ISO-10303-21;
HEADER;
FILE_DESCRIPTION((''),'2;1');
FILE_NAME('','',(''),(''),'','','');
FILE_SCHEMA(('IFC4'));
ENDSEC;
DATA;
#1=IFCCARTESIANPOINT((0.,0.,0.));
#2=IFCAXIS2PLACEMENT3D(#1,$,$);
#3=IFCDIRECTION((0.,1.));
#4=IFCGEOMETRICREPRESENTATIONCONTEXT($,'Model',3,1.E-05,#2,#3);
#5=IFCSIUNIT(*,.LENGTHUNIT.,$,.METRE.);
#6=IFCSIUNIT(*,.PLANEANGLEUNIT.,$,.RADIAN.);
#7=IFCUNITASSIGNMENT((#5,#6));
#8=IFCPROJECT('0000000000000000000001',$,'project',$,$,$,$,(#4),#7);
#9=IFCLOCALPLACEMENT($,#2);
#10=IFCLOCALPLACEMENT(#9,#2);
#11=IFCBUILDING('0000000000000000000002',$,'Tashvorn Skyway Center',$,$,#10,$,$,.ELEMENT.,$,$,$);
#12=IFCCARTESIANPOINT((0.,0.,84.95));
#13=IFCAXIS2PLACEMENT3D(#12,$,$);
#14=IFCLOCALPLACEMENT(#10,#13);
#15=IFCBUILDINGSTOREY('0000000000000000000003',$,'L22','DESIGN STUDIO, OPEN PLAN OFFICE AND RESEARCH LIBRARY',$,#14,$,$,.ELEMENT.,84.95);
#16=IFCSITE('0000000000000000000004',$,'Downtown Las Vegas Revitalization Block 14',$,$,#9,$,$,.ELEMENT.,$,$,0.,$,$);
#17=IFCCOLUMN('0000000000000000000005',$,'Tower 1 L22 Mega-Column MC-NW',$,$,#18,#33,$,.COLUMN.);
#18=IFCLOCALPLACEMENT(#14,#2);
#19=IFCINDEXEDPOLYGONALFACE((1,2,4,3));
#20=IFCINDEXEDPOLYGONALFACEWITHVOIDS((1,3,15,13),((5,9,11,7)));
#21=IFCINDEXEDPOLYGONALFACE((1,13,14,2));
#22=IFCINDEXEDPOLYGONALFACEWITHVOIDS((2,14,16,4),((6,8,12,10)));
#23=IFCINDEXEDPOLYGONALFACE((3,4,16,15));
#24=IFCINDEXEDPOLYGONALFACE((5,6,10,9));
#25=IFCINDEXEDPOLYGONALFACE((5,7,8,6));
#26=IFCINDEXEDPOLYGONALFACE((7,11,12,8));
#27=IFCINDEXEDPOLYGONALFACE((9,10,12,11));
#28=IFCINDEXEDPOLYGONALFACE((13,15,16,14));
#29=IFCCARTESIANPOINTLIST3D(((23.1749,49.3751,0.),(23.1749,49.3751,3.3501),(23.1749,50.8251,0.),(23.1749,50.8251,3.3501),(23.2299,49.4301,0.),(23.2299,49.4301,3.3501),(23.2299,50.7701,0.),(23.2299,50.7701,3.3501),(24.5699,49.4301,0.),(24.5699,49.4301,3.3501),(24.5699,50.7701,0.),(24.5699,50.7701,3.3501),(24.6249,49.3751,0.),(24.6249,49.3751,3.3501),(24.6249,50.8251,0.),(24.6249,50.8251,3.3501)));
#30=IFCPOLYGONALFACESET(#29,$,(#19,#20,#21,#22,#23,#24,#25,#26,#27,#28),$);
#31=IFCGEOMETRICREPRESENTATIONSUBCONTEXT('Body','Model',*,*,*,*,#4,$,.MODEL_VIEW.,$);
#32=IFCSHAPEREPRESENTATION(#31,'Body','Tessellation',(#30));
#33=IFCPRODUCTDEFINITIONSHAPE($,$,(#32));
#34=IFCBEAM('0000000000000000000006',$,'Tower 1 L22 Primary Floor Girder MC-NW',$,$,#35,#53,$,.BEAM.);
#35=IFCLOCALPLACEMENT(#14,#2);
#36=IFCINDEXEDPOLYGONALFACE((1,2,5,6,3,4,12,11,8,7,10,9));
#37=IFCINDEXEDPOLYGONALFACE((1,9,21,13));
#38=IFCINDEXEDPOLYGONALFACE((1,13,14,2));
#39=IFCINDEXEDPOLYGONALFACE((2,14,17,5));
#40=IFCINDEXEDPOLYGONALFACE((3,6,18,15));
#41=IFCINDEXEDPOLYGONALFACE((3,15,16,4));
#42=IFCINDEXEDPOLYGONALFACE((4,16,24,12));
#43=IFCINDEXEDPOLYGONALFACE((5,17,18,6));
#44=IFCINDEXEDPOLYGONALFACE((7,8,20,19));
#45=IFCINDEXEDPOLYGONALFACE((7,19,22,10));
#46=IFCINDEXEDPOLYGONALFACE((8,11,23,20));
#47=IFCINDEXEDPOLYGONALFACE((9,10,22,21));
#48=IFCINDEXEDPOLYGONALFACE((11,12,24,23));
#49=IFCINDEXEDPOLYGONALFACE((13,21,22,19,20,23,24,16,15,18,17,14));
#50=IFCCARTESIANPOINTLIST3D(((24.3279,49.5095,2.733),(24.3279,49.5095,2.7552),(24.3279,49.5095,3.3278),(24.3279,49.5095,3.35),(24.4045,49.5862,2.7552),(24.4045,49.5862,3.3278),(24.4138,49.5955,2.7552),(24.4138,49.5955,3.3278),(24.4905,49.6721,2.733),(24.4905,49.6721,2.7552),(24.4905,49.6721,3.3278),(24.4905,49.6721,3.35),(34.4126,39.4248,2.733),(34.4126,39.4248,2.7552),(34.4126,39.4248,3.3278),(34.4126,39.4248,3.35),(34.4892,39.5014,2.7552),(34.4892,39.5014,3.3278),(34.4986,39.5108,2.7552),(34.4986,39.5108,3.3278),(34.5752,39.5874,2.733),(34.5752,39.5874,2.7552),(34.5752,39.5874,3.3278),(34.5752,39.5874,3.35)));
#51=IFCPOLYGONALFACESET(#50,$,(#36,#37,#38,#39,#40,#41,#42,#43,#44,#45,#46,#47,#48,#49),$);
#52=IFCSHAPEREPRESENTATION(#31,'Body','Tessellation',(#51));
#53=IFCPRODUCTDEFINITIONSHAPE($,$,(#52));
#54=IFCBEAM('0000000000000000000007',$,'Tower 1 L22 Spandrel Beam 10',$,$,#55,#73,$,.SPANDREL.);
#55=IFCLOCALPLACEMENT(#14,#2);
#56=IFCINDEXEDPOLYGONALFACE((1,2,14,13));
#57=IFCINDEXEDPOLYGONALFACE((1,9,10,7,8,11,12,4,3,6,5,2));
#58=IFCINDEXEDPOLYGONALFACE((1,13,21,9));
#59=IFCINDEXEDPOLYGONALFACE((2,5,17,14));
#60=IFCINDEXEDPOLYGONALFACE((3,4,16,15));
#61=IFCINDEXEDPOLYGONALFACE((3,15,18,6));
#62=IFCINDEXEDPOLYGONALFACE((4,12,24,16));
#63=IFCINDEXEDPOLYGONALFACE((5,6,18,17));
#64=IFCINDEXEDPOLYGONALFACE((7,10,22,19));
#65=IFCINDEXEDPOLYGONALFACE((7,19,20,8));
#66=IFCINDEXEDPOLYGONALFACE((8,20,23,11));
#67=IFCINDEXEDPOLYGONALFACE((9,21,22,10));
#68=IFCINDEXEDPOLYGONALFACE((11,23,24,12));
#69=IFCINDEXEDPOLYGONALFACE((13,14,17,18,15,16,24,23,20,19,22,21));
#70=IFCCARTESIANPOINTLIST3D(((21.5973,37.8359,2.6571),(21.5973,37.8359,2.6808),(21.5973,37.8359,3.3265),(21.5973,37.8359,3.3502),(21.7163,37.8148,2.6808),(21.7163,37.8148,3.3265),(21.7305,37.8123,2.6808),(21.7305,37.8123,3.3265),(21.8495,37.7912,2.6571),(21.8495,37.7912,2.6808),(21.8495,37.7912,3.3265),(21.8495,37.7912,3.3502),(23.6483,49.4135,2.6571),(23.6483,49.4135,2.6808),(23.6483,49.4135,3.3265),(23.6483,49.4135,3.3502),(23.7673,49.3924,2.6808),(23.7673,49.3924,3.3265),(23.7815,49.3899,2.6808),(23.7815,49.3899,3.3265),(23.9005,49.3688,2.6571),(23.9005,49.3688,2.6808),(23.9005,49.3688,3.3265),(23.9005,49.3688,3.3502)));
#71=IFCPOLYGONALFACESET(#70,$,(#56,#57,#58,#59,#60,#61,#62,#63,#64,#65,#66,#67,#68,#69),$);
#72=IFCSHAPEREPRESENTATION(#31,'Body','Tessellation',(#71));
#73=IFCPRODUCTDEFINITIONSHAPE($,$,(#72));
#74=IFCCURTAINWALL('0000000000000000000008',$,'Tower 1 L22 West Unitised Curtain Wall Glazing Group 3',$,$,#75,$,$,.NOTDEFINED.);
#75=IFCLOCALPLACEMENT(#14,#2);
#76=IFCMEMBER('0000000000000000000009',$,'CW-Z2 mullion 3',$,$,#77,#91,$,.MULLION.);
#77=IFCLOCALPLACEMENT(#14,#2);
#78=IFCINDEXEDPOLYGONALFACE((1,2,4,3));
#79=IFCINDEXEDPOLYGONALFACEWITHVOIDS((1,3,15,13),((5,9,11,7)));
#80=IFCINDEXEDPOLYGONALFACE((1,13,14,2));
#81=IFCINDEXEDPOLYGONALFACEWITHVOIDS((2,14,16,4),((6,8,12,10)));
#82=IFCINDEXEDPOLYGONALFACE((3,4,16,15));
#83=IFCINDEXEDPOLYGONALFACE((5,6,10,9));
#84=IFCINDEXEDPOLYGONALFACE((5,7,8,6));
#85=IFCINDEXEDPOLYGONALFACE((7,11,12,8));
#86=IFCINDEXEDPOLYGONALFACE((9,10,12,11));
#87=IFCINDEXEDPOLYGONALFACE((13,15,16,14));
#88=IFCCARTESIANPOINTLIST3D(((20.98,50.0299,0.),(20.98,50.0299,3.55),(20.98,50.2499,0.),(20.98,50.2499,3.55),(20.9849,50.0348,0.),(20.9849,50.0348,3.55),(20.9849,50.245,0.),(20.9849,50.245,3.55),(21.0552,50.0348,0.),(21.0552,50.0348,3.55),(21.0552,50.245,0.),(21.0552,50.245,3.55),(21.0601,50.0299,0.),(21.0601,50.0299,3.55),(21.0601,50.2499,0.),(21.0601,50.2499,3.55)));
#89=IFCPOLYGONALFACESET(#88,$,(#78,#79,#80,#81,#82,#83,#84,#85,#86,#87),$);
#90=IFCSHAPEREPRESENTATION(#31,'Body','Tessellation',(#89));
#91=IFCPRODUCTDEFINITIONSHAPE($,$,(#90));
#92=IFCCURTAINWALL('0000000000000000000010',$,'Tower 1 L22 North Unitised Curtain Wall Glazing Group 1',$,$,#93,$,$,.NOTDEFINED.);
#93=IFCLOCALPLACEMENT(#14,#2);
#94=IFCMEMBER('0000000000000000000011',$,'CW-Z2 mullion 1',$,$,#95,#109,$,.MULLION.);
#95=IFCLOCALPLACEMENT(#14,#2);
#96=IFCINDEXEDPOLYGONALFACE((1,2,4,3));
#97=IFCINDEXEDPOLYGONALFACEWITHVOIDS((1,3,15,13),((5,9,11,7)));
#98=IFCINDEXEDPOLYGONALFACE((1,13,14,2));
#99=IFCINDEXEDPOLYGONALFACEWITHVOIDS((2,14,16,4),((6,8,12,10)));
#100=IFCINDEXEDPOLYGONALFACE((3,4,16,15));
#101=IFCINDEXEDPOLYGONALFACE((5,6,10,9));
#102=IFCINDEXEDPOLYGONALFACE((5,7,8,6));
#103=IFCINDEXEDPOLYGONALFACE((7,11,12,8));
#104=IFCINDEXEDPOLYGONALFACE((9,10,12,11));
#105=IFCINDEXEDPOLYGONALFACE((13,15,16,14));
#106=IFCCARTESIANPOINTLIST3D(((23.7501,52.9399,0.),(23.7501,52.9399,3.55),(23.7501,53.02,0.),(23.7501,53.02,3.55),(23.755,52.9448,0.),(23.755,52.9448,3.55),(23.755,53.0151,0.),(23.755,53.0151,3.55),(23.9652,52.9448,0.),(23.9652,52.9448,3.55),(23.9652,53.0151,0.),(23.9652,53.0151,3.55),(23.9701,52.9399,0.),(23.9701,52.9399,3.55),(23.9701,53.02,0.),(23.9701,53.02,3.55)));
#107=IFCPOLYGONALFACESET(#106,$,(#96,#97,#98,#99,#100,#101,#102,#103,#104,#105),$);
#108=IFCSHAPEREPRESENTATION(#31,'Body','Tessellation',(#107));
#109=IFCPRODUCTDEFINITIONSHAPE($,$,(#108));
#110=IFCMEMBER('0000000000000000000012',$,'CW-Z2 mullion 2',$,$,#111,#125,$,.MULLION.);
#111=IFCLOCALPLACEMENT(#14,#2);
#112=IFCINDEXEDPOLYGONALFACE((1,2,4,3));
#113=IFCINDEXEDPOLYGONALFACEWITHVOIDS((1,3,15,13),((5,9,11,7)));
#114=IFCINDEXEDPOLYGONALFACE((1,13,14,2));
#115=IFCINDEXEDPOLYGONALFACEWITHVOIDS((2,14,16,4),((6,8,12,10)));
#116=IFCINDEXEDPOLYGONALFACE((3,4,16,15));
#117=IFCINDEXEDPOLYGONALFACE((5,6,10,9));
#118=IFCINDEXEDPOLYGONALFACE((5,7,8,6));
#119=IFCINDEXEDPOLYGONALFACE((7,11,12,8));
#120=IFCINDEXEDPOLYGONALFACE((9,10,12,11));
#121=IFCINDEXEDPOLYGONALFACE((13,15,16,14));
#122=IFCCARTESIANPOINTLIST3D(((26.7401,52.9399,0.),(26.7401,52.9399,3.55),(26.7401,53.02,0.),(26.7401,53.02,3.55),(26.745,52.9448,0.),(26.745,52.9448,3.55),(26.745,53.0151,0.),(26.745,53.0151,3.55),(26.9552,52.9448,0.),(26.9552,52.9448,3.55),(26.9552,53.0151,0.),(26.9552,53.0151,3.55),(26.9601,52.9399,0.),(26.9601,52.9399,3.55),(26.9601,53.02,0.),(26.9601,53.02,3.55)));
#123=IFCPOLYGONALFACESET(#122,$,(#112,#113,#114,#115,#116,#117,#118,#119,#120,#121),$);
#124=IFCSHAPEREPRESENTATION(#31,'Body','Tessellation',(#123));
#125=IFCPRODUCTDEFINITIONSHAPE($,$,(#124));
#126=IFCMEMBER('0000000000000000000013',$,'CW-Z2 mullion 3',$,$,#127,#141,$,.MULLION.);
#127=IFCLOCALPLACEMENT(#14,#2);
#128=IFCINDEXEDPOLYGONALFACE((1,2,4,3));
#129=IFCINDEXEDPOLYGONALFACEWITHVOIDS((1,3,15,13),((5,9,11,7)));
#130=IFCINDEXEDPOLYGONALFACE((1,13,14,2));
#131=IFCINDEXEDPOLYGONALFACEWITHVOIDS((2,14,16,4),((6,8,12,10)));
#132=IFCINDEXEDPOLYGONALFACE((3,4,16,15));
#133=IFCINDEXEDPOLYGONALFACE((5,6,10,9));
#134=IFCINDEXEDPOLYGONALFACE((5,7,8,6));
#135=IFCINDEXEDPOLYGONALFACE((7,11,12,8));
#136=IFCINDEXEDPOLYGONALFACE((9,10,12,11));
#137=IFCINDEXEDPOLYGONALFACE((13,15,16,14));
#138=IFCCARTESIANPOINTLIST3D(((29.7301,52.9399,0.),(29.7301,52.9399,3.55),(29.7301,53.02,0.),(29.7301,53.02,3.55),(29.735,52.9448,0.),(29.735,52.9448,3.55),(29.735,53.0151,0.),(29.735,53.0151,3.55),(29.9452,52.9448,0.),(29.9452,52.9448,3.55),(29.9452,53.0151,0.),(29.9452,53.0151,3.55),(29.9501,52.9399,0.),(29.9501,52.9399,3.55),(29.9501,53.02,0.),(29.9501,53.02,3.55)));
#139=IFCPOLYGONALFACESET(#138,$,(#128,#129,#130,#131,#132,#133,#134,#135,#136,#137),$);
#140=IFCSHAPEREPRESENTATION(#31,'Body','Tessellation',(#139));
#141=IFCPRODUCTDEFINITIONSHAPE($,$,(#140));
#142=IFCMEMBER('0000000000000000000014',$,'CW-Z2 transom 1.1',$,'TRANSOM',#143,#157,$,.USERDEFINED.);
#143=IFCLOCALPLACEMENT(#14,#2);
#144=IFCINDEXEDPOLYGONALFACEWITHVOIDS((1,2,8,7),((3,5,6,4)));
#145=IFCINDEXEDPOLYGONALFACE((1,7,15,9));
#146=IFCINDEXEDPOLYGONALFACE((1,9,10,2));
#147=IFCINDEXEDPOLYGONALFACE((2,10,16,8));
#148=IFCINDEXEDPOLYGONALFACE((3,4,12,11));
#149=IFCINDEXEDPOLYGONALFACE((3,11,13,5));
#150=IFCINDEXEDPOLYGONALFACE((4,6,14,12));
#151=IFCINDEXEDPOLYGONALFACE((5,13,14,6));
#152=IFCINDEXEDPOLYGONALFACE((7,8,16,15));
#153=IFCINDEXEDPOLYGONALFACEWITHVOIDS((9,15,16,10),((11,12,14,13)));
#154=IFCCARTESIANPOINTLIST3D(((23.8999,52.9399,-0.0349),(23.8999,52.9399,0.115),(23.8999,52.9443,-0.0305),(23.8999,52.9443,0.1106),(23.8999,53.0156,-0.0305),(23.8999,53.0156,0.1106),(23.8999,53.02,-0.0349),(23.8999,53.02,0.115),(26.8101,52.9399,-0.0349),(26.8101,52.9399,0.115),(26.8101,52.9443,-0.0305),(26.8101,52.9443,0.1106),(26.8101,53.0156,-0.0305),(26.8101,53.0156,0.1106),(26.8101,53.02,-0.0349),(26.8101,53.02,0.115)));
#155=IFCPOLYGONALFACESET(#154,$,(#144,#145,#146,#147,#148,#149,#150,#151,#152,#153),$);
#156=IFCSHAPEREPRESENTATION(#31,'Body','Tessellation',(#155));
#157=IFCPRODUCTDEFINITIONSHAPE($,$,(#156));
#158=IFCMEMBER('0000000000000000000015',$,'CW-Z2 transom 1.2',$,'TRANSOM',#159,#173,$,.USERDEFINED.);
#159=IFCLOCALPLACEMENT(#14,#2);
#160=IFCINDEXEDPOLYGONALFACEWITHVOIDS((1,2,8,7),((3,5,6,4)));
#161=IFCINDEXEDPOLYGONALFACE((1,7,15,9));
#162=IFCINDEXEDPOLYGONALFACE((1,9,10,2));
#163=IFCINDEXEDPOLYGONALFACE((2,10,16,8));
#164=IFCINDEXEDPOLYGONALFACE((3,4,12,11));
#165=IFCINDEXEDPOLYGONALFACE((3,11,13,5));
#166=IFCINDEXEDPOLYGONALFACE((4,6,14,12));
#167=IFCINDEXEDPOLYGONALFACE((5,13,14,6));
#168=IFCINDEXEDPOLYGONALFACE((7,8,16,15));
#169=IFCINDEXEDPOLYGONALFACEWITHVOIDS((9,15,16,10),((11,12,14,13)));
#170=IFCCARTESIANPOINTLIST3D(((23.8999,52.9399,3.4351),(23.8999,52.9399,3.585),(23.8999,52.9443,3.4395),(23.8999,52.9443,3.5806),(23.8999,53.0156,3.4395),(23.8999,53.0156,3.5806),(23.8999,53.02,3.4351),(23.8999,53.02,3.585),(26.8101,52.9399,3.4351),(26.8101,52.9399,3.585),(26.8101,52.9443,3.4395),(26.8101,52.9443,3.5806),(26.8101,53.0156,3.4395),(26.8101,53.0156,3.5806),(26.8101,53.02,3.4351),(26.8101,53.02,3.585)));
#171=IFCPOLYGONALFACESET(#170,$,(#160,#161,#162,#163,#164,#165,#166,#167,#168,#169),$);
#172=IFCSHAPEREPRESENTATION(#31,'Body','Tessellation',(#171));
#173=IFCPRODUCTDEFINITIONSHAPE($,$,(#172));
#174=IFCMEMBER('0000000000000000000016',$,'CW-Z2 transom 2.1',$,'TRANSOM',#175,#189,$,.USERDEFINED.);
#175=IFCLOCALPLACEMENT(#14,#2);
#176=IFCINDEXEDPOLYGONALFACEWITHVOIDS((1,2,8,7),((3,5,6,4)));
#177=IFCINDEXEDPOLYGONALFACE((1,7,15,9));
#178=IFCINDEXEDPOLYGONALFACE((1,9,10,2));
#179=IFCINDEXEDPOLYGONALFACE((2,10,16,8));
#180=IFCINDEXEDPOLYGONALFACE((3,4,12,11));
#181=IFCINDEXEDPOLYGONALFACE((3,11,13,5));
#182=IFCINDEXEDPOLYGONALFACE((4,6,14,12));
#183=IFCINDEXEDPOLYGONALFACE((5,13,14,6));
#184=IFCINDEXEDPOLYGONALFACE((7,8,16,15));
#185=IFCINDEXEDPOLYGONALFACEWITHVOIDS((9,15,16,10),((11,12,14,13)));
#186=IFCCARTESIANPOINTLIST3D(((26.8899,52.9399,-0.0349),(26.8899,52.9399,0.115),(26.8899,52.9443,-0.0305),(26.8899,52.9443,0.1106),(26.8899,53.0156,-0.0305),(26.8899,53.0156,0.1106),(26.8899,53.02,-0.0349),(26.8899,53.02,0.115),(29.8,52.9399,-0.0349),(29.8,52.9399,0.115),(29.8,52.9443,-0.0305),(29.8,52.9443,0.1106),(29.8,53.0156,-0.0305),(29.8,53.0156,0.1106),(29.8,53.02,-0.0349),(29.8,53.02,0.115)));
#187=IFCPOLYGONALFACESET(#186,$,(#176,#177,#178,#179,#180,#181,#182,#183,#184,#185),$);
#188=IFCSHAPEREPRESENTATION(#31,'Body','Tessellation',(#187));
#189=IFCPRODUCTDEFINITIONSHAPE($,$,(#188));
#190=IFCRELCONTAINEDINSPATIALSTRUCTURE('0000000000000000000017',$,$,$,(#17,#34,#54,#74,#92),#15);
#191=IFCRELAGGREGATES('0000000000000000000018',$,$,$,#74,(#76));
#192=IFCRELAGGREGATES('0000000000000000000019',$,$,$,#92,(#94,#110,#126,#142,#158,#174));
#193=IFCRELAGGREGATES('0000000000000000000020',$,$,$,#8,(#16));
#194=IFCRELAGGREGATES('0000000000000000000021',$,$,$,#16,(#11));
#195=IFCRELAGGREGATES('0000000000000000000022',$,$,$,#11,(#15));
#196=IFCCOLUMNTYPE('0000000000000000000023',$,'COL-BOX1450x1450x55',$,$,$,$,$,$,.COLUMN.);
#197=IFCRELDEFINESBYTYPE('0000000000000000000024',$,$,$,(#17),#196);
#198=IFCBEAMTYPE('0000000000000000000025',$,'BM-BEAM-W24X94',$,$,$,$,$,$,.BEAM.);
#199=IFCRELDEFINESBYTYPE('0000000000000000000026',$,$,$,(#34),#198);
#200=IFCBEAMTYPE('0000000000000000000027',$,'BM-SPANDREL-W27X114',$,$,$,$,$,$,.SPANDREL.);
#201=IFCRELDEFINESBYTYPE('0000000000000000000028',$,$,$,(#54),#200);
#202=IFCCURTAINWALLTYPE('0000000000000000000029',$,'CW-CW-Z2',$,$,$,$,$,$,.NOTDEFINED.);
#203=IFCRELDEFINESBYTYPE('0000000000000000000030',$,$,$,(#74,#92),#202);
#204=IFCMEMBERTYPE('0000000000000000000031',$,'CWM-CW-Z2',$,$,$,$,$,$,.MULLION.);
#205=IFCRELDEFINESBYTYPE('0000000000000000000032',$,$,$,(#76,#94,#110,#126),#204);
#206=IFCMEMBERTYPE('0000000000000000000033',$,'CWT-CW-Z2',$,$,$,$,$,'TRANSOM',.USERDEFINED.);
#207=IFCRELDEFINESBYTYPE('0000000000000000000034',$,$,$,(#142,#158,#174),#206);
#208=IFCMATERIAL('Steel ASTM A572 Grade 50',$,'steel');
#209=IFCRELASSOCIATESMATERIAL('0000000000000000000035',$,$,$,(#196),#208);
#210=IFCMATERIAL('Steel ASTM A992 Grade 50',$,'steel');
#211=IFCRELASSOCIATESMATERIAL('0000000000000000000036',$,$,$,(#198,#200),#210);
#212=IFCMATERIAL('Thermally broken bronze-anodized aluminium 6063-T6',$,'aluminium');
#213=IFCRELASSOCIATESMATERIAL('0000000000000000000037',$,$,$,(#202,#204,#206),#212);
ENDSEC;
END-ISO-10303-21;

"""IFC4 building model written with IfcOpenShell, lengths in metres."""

from ifc_helpers import new_model, si_unit, direction, frame, origin, origin_2d, place, context, subcontext, project, spatial, hollow_rectangle, i_section, extrude, material, material_profile, profile_set, type_object, element, aggregate, save


model = new_model("IFC4")

# Units and contexts
model_context = context("Model", 3, precision=1e-05, world=origin(), true_north=direction((0.0, 1.0)))
body_context = subcontext(model_context, "Body", "Model", "MODEL_VIEW")
ifc_project = project(units=[si_unit("LENGTHUNIT", "METRE"), si_unit("PLANEANGLEUNIT", "RADIAN")], contexts=[model_context])

# Site, building, storey
site_placement = place(None, origin())
site = spatial("IfcSite", under=ifc_project, at=site_placement, Name="Downtown Las Vegas Revitalization Block 14", CompositionType="ELEMENT", RefElevation=0.0)
building_placement = place(site_placement, origin())
building = spatial("IfcBuilding", under=site, at=building_placement, Name="Tashvorn Skyway Center", CompositionType="ELEMENT")
storey_placement = place(building_placement, frame((0.0, 0.0, 84.95)))
storey = spatial("IfcBuildingStorey", under=building, at=storey_placement, Name="L22", Description="DESIGN STUDIO, OPEN PLAN OFFICE AND RESEARCH LIBRARY", CompositionType="ELEMENT", Elevation=84.95)

# Column
ifc_material_1 = material(Name="Steel ASTM A572 Grade 50", Category="steel")
ifc_material_profile_1 = material_profile(ifc_material_1, hollow_rectangle(XDim=1.45, YDim=1.45, WallThickness=0.0549, at=origin_2d()), Name="BOX1450x1450x55")
ifc_profile_set_1 = profile_set([ifc_material_profile_1], Name="Steel ASTM A572 Grade 50")
column_type = type_object("IfcColumnType", Name="COL-BOX1450x1450x55", PredefinedType="COLUMN", material=ifc_profile_set_1)
column_placement = place(storey_placement, frame((23.8999, 50.1001, 0.0), z_axis=(0.0, 0.0, 1.0), x_axis=(1.0, 0.0, 0.0)))
element("IfcColumn", 1, at=column_placement, inside=storey, type_object=column_type, Name="Tower 1 L22 Mega-Column MC-NW", PredefinedType="COLUMN", context=body_context, shape_type="SweptSolid", body=[
    extrude(hollow_rectangle(XDim=1.45, YDim=1.45, WallThickness=0.0549, at=origin_2d()), origin(), (0.0, 0.0, 1.0), 3.3501),
])

# Beams
ifc_material_2 = material(Name="Steel ASTM A992 Grade 50", Category="steel")
ifc_material_profile_2 = material_profile(ifc_material_2, i_section(OverallWidth=0.23, OverallDepth=0.6169, WebThickness=0.0132, FlangeThickness=0.0222, at=origin_2d()), Name="W24X94")
ifc_profile_set_2 = profile_set([ifc_material_profile_2], Name="Steel ASTM A992 Grade 50")
beam_type_1 = type_object("IfcBeamType", Name="BM-BEAM-W24X94", PredefinedType="BEAM", material=ifc_profile_set_2)
beam_1_placement = place(storey_placement, frame((24.4092, 49.5908, 3.0415), z_axis=(0.707107, -0.707107, 0.0), x_axis=(0.707107, 0.707107, 0.0)))
element("IfcBeam", 2, at=beam_1_placement, inside=storey, type_object=beam_type_1, Name="Tower 1 L22 Primary Floor Girder MC-NW", PredefinedType="BEAM", context=body_context, shape_type="SweptSolid", body=[
    extrude(i_section(OverallWidth=0.23, OverallDepth=0.6169, WebThickness=0.0132, FlangeThickness=0.0222, at=origin_2d()), origin(), (0.0, 0.0, 1.0), 14.262),
])
ifc_material_profile_3 = material_profile(ifc_material_2, i_section(OverallWidth=0.2561, OverallDepth=0.6931, WebThickness=0.0144, FlangeThickness=0.0237, at=origin_2d()), Name="W27X114")
ifc_profile_set_3 = profile_set([ifc_material_profile_3], Name="Steel ASTM A992 Grade 50")
beam_type_2 = type_object("IfcBeamType", Name="BM-SPANDREL-W27X114", PredefinedType="SPANDREL", material=ifc_profile_set_3)
beam_2_placement = place(storey_placement, frame((23.7744, 49.3911, 3.0037), z_axis=(-0.174438, -0.984668, 0.0), x_axis=(0.984668, -0.174438, 0.0)))
element("IfcBeam", 3, at=beam_2_placement, inside=storey, type_object=beam_type_2, Name="Tower 1 L22 Spandrel Beam 10", PredefinedType="SPANDREL", context=body_context, shape_type="SweptSolid", body=[
    extrude(i_section(OverallWidth=0.2561, OverallDepth=0.6931, WebThickness=0.0144, FlangeThickness=0.0237, at=origin_2d()), origin(), (0.0, 0.0, 1.0), 11.7578),
])

# Curtain wall, member
ifc_material_3 = material(Name="Thermally broken bronze-anodized aluminium 6063-T6", Category="aluminium")
curtain_wall_type = type_object("IfcCurtainWallType", Name="CW-CW-Z2", PredefinedType="NOTDEFINED", material=ifc_material_3)
curtain_wall_1_placement = place(storey_placement, origin())
curtain_wall_1 = element("IfcCurtainWall", 4, at=curtain_wall_1_placement, inside=storey, type_object=curtain_wall_type, Name="Tower 1 L22 West Unitised Curtain Wall Glazing Group 3", PredefinedType="NOTDEFINED")
ifc_material_profile_4 = material_profile(ifc_material_3, hollow_rectangle(XDim=0.0801, YDim=0.22, WallThickness=0.0049, at=origin_2d()), Name="ALU-MULL-80x220")
ifc_profile_set_4 = profile_set([ifc_material_profile_4], Name="Thermally broken bronze-anodized aluminium 6063-T6")
member_type_1 = type_object("IfcMemberType", Name="CWM-CW-Z2", PredefinedType="MULLION", material=ifc_profile_set_4)
member_1_placement = place(storey_placement, frame((21.02, 50.1399, 0.0), z_axis=(0.0, 0.0, 1.0), x_axis=(-1.0, 0.0, 0.0)))
member_1 = element("IfcMember", 5, at=member_1_placement, type_object=member_type_1, Name="CW-Z2 mullion 3", PredefinedType="MULLION", context=body_context, shape_type="SweptSolid", body=[
    extrude(hollow_rectangle(XDim=0.0801, YDim=0.22, WallThickness=0.0049, at=origin_2d()), origin(), (0.0, 0.0, 1.0), 3.55),
])
aggregate(curtain_wall_1, [member_1])

# Curtain wall, members
curtain_wall_2_placement = place(storey_placement, origin())
curtain_wall_2 = element("IfcCurtainWall", 6, at=curtain_wall_2_placement, inside=storey, type_object=curtain_wall_type, Name="Tower 1 L22 North Unitised Curtain Wall Glazing Group 1", PredefinedType="NOTDEFINED")
member_2_placement = place(storey_placement, frame((23.8601, 52.98, 0.0), z_axis=(0.0, 0.0, 1.0), x_axis=(0.0, 1.0, 0.0)))
member_2 = element("IfcMember", 7, at=member_2_placement, type_object=member_type_1, Name="CW-Z2 mullion 1", PredefinedType="MULLION", context=body_context, shape_type="SweptSolid", body=[
    extrude(hollow_rectangle(XDim=0.0801, YDim=0.22, WallThickness=0.0049, at=origin_2d()), origin(), (0.0, 0.0, 1.0), 3.55),
])
member_3_placement = place(storey_placement, frame((26.8501, 52.98, 0.0), z_axis=(0.0, 0.0, 1.0), x_axis=(0.0, 1.0, 0.0)))
member_3 = element("IfcMember", 8, at=member_3_placement, type_object=member_type_1, Name="CW-Z2 mullion 2", PredefinedType="MULLION", context=body_context, shape_type="SweptSolid", body=[
    extrude(hollow_rectangle(XDim=0.0801, YDim=0.22, WallThickness=0.0049, at=origin_2d()), origin(), (0.0, 0.0, 1.0), 3.55),
])
member_4_placement = place(storey_placement, frame((29.8401, 52.98, 0.0), z_axis=(0.0, 0.0, 1.0), x_axis=(0.0, 1.0, 0.0)))
member_4 = element("IfcMember", 9, at=member_4_placement, type_object=member_type_1, Name="CW-Z2 mullion 3", PredefinedType="MULLION", context=body_context, shape_type="SweptSolid", body=[
    extrude(hollow_rectangle(XDim=0.0801, YDim=0.22, WallThickness=0.0049, at=origin_2d()), origin(), (0.0, 0.0, 1.0), 3.55),
])
ifc_material_profile_5 = material_profile(ifc_material_3, hollow_rectangle(XDim=0.0801, YDim=0.1499, WallThickness=0.0044, at=origin_2d()), Name="ALU-TRAN-80x150")
ifc_profile_set_5 = profile_set([ifc_material_profile_5], Name="Thermally broken bronze-anodized aluminium 6063-T6")
member_type_2 = type_object("IfcMemberType", Name="CWT-CW-Z2", ElementType="TRANSOM", PredefinedType="USERDEFINED", material=ifc_profile_set_5)
member_5_placement = place(storey_placement, frame((23.8999, 52.98, 0.04), z_axis=(1.0, 0.0, 0.0), x_axis=(0.0, 1.0, 0.0)))
member_5 = element("IfcMember", 10, at=member_5_placement, type_object=member_type_2, Name="CW-Z2 transom 1.1", ObjectType="TRANSOM", PredefinedType="USERDEFINED", context=body_context, shape_type="SweptSolid", body=[
    extrude(hollow_rectangle(XDim=0.0801, YDim=0.1499, WallThickness=0.0044, at=origin_2d()), origin(), (0.0, 0.0, 1.0), 2.9102),
])
member_6_placement = place(storey_placement, frame((23.8999, 52.98, 3.51), z_axis=(1.0, 0.0, 0.0), x_axis=(0.0, 1.0, 0.0)))
member_6 = element("IfcMember", 11, at=member_6_placement, type_object=member_type_2, Name="CW-Z2 transom 1.2", ObjectType="TRANSOM", PredefinedType="USERDEFINED", context=body_context, shape_type="SweptSolid", body=[
    extrude(hollow_rectangle(XDim=0.0801, YDim=0.1499, WallThickness=0.0044, at=origin_2d()), origin(), (0.0, 0.0, 1.0), 2.9102),
])
member_7_placement = place(storey_placement, frame((26.8899, 52.98, 0.04), z_axis=(1.0, 0.0, 0.0), x_axis=(0.0, 1.0, 0.0)))
member_7 = element("IfcMember", 12, at=member_7_placement, type_object=member_type_2, Name="CW-Z2 transom 2.1", ObjectType="TRANSOM", PredefinedType="USERDEFINED", context=body_context, shape_type="SweptSolid", body=[
    extrude(hollow_rectangle(XDim=0.0801, YDim=0.1499, WallThickness=0.0044, at=origin_2d()), origin(), (0.0, 0.0, 1.0), 2.9102),
])
aggregate(curtain_wall_2, [member_2, member_3, member_4, member_5, member_6, member_7])

save(model, "model.ifc")
